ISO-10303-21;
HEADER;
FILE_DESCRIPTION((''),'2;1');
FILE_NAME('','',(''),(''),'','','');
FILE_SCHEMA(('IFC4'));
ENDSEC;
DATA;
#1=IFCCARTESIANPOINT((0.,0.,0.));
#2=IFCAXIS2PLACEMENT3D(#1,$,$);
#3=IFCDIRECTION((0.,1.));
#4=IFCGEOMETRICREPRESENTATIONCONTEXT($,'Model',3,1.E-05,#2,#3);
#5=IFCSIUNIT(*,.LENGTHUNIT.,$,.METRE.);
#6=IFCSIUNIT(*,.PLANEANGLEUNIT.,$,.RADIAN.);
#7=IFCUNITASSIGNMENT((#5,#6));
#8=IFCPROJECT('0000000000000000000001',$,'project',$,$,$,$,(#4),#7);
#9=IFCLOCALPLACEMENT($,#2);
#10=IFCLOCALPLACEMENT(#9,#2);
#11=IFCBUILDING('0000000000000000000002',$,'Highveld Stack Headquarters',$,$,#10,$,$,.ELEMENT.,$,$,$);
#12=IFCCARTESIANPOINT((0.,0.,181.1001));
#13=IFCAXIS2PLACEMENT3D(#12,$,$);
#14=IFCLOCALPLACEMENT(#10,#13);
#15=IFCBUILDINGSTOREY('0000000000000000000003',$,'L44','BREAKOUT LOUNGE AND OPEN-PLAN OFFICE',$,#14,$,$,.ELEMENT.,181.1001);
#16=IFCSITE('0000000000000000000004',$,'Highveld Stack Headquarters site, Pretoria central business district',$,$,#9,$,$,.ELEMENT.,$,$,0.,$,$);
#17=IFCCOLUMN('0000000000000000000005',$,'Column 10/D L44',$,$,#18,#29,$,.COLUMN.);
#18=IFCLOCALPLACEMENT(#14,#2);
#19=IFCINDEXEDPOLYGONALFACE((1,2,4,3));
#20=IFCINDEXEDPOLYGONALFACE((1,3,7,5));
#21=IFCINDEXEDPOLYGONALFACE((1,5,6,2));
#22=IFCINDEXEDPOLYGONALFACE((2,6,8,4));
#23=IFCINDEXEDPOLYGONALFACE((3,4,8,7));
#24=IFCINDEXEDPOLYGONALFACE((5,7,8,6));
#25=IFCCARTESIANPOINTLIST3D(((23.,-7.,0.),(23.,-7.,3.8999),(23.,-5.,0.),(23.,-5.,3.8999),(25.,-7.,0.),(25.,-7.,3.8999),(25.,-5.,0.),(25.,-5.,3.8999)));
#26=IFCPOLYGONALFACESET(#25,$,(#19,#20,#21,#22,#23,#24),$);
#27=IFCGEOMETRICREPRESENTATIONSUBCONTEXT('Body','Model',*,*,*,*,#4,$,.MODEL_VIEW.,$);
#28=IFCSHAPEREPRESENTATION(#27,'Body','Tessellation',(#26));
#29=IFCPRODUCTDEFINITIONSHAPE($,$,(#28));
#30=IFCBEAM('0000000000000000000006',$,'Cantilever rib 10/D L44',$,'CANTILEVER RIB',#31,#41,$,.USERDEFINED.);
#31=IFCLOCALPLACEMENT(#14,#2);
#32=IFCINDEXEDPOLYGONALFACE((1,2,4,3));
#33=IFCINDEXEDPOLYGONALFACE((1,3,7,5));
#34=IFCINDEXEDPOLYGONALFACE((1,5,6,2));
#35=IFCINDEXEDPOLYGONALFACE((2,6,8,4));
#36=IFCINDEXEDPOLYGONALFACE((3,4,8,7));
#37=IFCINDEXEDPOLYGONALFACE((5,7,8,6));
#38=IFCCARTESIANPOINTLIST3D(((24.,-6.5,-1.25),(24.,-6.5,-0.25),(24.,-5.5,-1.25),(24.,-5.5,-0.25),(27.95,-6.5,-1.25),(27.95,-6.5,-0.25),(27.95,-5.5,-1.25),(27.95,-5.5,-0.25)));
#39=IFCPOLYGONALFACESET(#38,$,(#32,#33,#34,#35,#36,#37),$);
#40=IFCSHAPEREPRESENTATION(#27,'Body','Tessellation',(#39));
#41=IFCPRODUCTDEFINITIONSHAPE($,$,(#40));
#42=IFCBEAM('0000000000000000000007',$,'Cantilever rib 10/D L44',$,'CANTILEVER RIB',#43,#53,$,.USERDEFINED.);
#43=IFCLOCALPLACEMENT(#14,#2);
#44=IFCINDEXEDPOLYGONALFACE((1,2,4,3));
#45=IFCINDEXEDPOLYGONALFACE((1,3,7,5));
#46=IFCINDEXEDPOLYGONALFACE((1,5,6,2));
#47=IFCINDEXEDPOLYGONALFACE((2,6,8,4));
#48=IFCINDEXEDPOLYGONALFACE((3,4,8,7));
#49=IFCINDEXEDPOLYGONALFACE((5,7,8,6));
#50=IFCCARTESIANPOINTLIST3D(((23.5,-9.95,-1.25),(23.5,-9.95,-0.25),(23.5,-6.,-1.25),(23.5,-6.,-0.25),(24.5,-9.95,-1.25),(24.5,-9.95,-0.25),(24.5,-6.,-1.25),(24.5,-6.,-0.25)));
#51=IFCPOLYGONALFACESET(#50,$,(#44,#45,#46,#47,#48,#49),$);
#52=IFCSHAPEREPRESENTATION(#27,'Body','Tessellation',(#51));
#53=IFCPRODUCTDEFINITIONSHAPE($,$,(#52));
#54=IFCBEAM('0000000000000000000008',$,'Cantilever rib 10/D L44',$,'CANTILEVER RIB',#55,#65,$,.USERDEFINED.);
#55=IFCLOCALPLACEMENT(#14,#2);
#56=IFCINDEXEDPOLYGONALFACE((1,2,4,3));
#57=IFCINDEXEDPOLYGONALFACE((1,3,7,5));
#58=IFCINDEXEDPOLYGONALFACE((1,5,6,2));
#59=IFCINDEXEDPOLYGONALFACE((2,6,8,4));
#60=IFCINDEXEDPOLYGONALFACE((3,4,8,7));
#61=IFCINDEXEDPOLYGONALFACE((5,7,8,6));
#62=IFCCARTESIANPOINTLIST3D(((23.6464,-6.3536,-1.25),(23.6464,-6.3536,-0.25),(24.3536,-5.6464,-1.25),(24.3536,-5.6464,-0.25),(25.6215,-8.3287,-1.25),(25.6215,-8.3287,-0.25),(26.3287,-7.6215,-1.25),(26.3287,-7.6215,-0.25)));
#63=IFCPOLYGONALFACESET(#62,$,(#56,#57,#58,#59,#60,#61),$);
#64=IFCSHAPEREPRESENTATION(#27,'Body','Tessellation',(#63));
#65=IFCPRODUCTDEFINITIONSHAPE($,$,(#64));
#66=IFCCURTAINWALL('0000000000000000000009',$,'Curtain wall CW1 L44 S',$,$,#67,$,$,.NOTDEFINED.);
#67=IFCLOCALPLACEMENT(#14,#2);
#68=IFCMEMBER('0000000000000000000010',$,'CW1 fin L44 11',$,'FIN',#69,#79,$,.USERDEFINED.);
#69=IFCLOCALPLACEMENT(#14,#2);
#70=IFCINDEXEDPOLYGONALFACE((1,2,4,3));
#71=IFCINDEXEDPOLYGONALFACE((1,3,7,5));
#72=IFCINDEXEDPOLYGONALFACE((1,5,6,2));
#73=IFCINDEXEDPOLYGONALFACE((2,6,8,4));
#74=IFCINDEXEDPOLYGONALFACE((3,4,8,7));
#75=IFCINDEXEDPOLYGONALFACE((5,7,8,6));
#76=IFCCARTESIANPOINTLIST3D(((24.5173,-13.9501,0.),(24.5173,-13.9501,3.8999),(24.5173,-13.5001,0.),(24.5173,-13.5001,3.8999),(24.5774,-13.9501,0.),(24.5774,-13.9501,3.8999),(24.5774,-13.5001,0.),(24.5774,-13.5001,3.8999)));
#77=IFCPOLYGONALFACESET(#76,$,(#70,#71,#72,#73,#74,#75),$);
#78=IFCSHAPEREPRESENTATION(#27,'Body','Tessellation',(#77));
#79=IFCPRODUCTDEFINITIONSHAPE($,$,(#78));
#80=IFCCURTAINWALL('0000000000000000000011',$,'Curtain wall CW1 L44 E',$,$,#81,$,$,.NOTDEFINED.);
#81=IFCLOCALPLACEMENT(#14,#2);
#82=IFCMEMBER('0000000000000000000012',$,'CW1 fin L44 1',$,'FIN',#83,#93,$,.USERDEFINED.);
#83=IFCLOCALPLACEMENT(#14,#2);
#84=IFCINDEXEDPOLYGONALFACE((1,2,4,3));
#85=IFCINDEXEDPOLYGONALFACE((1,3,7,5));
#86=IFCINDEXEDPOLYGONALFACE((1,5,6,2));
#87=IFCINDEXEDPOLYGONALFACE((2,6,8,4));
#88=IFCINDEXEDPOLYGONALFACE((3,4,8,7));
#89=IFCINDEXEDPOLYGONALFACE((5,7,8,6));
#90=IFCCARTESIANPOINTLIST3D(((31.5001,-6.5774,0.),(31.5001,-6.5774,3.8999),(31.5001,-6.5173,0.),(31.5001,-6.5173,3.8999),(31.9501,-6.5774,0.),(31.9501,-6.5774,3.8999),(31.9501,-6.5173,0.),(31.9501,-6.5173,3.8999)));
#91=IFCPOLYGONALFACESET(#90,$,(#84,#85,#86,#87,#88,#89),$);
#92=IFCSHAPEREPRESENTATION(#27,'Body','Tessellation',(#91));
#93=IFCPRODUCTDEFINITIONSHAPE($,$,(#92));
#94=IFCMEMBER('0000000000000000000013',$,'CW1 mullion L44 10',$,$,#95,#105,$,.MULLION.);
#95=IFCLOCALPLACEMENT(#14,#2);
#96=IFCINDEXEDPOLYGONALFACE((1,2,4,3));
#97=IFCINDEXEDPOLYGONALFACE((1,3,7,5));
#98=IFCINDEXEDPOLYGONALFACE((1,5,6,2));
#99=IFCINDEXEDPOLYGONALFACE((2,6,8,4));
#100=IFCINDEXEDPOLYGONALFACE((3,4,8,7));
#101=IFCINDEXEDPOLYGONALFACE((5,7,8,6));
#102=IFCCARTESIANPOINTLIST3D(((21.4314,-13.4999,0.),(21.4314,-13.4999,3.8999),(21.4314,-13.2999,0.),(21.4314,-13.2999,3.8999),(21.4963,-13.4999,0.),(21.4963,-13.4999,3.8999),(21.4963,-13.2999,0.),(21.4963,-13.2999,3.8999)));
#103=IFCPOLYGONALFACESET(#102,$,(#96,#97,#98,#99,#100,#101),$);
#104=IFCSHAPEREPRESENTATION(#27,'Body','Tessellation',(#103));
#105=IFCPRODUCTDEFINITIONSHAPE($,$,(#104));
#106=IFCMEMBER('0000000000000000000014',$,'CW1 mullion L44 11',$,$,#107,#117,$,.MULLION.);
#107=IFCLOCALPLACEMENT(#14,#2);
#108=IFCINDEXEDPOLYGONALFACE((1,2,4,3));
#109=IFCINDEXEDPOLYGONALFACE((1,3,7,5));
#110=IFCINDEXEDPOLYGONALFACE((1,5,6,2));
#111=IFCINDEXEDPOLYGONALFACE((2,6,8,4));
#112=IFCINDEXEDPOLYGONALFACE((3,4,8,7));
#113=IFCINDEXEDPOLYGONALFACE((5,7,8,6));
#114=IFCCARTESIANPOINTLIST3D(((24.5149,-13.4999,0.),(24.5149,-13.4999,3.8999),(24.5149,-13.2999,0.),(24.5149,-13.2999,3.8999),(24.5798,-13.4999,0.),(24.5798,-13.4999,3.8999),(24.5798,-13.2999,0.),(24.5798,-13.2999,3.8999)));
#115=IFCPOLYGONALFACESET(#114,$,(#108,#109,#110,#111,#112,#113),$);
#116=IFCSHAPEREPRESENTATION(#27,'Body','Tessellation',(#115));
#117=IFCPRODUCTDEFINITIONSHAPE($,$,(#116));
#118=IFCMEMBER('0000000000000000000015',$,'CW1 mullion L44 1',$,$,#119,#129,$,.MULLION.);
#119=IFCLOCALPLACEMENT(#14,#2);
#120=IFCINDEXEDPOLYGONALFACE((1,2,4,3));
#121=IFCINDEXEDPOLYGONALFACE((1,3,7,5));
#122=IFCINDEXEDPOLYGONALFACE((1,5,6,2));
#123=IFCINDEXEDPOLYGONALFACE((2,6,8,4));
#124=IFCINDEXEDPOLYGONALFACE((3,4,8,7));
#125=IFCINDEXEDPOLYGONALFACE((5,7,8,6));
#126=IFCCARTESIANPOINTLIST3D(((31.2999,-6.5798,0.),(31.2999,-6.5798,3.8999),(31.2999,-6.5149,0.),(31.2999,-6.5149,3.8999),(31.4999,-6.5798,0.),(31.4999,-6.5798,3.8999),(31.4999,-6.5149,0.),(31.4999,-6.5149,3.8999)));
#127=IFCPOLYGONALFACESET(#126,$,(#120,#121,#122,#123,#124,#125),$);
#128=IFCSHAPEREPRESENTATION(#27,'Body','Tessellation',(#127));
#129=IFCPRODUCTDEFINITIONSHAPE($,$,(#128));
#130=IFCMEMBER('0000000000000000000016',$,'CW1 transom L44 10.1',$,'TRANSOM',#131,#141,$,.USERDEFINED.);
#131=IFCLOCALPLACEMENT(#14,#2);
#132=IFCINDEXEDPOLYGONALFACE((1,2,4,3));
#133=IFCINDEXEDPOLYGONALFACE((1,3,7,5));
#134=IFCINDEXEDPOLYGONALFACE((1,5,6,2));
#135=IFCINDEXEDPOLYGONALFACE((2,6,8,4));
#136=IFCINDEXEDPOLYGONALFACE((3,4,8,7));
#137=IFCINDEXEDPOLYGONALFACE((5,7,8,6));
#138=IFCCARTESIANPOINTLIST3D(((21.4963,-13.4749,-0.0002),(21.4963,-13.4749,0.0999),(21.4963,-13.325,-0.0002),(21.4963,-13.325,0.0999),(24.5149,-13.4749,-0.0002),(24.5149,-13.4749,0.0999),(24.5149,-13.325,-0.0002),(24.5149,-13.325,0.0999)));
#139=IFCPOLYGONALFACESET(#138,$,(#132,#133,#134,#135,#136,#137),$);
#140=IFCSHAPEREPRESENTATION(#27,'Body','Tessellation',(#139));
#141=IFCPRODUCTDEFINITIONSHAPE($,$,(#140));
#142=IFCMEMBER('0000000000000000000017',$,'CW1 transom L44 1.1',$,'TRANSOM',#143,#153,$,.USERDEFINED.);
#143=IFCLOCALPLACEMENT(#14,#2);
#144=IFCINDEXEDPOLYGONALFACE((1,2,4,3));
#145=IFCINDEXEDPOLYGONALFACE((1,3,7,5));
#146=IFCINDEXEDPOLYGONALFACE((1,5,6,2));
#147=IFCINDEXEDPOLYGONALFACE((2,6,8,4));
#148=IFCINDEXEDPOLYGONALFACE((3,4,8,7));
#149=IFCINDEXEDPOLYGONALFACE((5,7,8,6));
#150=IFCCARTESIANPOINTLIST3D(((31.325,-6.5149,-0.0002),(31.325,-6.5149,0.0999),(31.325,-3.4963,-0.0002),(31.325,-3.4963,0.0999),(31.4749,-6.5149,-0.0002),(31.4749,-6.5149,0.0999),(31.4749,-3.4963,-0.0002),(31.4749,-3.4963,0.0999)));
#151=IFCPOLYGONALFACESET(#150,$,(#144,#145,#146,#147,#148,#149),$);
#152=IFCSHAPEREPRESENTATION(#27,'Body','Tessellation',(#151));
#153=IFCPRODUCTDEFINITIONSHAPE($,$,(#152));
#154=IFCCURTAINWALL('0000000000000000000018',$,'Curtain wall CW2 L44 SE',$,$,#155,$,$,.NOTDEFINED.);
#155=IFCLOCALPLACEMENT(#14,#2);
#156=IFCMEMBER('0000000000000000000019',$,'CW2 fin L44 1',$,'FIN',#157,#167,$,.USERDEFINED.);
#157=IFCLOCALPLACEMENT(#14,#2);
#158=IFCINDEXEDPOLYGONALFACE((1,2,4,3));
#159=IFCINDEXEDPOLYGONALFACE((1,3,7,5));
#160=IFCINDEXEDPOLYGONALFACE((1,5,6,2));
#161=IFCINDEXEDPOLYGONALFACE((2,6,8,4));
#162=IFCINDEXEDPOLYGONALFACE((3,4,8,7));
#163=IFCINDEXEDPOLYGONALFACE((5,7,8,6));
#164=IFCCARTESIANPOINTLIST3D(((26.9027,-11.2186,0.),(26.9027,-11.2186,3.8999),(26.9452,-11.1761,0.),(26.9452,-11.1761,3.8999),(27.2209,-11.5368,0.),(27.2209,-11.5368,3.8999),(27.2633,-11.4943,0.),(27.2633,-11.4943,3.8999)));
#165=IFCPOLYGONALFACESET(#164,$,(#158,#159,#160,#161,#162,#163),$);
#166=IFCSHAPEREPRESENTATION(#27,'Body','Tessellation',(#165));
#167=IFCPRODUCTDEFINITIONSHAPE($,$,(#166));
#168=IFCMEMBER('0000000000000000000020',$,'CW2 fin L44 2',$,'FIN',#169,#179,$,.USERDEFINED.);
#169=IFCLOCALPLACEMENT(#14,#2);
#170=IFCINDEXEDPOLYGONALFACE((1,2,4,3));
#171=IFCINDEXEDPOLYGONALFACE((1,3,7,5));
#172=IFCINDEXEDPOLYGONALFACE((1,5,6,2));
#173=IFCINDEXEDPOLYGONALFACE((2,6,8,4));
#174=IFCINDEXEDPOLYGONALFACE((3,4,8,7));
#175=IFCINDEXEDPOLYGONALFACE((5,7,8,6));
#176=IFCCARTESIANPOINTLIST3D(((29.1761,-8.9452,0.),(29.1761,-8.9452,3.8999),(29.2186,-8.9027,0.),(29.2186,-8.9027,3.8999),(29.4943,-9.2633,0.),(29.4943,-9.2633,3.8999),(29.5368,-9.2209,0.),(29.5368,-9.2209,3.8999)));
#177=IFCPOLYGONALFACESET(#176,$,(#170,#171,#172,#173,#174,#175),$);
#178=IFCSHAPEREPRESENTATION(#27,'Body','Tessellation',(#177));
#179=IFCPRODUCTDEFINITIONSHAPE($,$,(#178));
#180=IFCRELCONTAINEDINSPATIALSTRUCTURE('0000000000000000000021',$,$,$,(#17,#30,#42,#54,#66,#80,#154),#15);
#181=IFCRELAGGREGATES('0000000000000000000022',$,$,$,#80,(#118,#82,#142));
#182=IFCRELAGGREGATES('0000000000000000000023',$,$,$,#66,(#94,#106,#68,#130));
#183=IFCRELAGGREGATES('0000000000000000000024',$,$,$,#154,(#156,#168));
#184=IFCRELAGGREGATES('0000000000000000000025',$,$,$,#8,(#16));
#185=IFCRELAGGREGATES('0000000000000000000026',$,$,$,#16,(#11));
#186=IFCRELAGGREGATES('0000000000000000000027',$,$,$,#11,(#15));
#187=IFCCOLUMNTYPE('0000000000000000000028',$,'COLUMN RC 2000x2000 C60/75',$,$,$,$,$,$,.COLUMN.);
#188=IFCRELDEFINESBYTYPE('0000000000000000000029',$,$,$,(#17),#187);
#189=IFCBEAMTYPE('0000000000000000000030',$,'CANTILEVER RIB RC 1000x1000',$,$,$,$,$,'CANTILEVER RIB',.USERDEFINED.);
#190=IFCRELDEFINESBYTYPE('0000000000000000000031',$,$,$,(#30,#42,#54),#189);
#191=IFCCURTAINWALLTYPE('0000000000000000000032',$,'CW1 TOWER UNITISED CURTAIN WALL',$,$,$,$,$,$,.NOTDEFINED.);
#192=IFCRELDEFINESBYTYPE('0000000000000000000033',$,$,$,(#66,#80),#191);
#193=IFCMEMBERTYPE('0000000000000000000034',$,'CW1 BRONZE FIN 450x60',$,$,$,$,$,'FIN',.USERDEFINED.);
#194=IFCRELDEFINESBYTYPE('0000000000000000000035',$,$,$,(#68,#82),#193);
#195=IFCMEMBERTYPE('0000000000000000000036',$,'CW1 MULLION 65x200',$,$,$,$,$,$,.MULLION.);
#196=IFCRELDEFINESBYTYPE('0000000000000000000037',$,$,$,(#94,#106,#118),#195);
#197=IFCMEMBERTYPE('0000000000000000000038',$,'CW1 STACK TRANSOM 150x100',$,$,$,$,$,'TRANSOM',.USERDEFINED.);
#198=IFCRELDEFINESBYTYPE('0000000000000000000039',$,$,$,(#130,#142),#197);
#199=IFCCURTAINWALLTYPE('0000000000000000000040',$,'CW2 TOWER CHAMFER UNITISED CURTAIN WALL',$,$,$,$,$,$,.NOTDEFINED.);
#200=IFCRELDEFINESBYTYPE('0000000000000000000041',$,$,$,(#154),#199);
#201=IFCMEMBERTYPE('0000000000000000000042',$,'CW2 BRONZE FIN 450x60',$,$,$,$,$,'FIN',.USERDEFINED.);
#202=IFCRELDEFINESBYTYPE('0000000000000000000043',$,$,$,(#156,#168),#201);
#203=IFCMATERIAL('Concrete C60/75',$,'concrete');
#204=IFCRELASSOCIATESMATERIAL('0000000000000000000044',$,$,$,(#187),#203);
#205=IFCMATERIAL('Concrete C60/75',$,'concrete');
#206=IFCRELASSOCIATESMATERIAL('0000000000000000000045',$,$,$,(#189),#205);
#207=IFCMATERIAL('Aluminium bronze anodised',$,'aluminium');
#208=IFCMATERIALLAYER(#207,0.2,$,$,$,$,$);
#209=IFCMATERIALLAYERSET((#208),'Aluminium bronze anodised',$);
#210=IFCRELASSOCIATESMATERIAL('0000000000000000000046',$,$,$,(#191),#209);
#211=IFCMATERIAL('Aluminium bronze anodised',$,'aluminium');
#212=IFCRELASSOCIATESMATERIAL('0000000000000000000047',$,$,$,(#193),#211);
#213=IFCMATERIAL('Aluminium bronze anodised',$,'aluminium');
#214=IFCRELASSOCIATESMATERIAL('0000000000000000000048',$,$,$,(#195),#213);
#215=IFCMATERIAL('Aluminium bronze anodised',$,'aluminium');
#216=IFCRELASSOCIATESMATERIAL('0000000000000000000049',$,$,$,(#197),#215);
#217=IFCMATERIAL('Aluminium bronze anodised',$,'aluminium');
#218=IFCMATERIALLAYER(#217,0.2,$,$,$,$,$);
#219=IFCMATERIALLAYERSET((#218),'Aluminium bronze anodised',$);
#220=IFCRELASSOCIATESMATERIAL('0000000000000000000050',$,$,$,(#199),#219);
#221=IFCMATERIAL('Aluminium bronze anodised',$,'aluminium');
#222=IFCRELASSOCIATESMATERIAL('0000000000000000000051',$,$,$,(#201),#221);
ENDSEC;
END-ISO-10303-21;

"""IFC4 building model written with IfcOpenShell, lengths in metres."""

from ifc_helpers import new_model, si_unit, direction, frame, origin, origin_2d, place, context, subcontext, project, spatial, rectangle, extrude, material, layer, layer_set, material_profile, profile_set, type_object, element, aggregate, save


model = new_model("IFC4")

# Units and contexts
model_context = context("Model", 3, precision=1e-05, world=origin(), true_north=direction((0.0, 1.0)))
body_context = subcontext(model_context, "Body", "Model", "MODEL_VIEW")
ifc_project = project(units=[si_unit("LENGTHUNIT", "METRE"), si_unit("PLANEANGLEUNIT", "RADIAN")], contexts=[model_context])

# Site, building, storey
site_placement = place(None, origin())
site = spatial("IfcSite", under=ifc_project, at=site_placement, Name="Highveld Stack Headquarters site, Pretoria central business district", CompositionType="ELEMENT", RefElevation=0.0)
building_placement = place(site_placement, origin())
building = spatial("IfcBuilding", under=site, at=building_placement, Name="Highveld Stack Headquarters", CompositionType="ELEMENT")
storey_placement = place(building_placement, frame((0.0, 0.0, 181.1001)))
storey = spatial("IfcBuildingStorey", under=building, at=storey_placement, Name="L44", Description="BREAKOUT LOUNGE AND OPEN-PLAN OFFICE", CompositionType="ELEMENT", Elevation=181.1001)

# Column
ifc_material_1 = material(Name="Concrete C60/75", Category="concrete")
ifc_material_profile_1 = material_profile(ifc_material_1, rectangle(XDim=2.0, YDim=2.0, at=origin_2d()), Name="RC 2000x2000")
ifc_profile_set_1 = profile_set([ifc_material_profile_1], Name="Concrete C60/75")
column_type = type_object("IfcColumnType", Name="COLUMN RC 2000x2000 C60/75", PredefinedType="COLUMN", material=ifc_profile_set_1)
column_placement = place(storey_placement, frame((24.0, -6.0, 0.0), z_axis=(0.0, 0.0, 1.0), x_axis=(1.0, 0.0, 0.0)))
element("IfcColumn", 1, at=column_placement, inside=storey, type_object=column_type, Name="Column 10/D L44", PredefinedType="COLUMN", context=body_context, shape_type="SweptSolid", body=[
    extrude(rectangle(XDim=2.0, YDim=2.0, at=origin_2d()), origin(), (0.0, 0.0, 1.0), 3.8999),
])

# Beams
ifc_material_2 = material(Name="Concrete C60/75", Category="concrete")
ifc_material_profile_2 = material_profile(ifc_material_2, rectangle(XDim=1.0, YDim=1.0, at=origin_2d()), Name="RC 1000x1000")
ifc_profile_set_2 = profile_set([ifc_material_profile_2], Name="Concrete C60/75")
beam_type_1 = type_object("IfcBeamType", Name="CANTILEVER RIB RC 1000x1000", ElementType="CANTILEVER RIB", PredefinedType="USERDEFINED", material=ifc_profile_set_2)
for number, where, z_axis, x_axis, name in (
    (2, (24.0, -6.0, -0.75), (1.0, 0.0, 0.0), (0.0, 1.0, 0.0), "Cantilever rib 10/D L44"),
    (3, (24.0, -6.0, -0.75), (0.0, -1.0, 0.0), (1.0, 0.0, 0.0), "Cantilever rib 10/D L44"),
):
    element("IfcBeam", number, at=place(storey_placement, frame(where, z_axis=z_axis, x_axis=x_axis)), inside=storey, type_object=beam_type_1, Name=name, ObjectType="CANTILEVER RIB", PredefinedType="USERDEFINED", context=body_context, shape_type="SweptSolid", body=[
        extrude(rectangle(XDim=1.0, YDim=1.0, at=origin_2d()), origin(), (0.0, 0.0, 1.0), 3.95),
    ])
beam_1_placement = place(storey_placement, frame((24.0, -6.0, -0.75), z_axis=(0.707107, -0.707107, 0.0), x_axis=(0.707107, 0.707107, 0.0)))
element("IfcBeam", 4, at=beam_1_placement, inside=storey, type_object=beam_type_1, Name="Cantilever rib 10/D L44", ObjectType="CANTILEVER RIB", PredefinedType="USERDEFINED", context=body_context, shape_type="SweptSolid", body=[
    extrude(rectangle(XDim=1.0, YDim=1.0, at=origin_2d()), origin(), (0.0, 0.0, 1.0), 2.7932),
])

# Curtain walls, members
ifc_material_3 = material(Name="Aluminium bronze anodised", Category="aluminium")
ifc_layer_1 = layer(ifc_material_3, 0.2)
ifc_layer_set_1 = layer_set([ifc_layer_1], Name="Aluminium bronze anodised")
curtain_wall_type_1 = type_object("IfcCurtainWallType", Name="CW1 TOWER UNITISED CURTAIN WALL", PredefinedType="NOTDEFINED", material=ifc_layer_set_1)
curtain_wall_1_placement = place(storey_placement, origin())
curtain_wall_1 = element("IfcCurtainWall", 5, at=curtain_wall_1_placement, inside=storey, type_object=curtain_wall_type_1, Name="Curtain wall CW1 L44 S", PredefinedType="NOTDEFINED")
ifc_material_4 = material(Name="Aluminium bronze anodised", Category="aluminium")
ifc_material_profile_3 = material_profile(ifc_material_4, rectangle(XDim=0.45, YDim=0.0601, at=origin_2d()), Name="FIN 450x60")
ifc_profile_set_3 = profile_set([ifc_material_profile_3], Name="Aluminium bronze anodised")
member_type_1 = type_object("IfcMemberType", Name="CW1 BRONZE FIN 450x60", ElementType="FIN", PredefinedType="USERDEFINED", material=ifc_profile_set_3)
member_1_placement = place(storey_placement, frame((24.5474, -13.7251, 0.0), z_axis=(0.0, 0.0, 1.0), x_axis=(0.0, 1.0, 0.0)))
member_1 = element("IfcMember", 6, at=member_1_placement, type_object=member_type_1, Name="CW1 fin L44 11", ObjectType="FIN", PredefinedType="USERDEFINED", context=body_context, shape_type="SweptSolid", body=[
    extrude(rectangle(XDim=0.45, YDim=0.0601, at=origin_2d()), origin(), (0.0, 0.0, 1.0), 3.8999),
])
curtain_wall_2_placement = place(storey_placement, origin())
curtain_wall_2 = element("IfcCurtainWall", 7, at=curtain_wall_2_placement, inside=storey, type_object=curtain_wall_type_1, Name="Curtain wall CW1 L44 E", PredefinedType="NOTDEFINED")
member_2_placement = place(storey_placement, frame((31.7251, -6.5474, 0.0), z_axis=(0.0, 0.0, 1.0), x_axis=(-1.0, 0.0, 0.0)))
member_2 = element("IfcMember", 8, at=member_2_placement, type_object=member_type_1, Name="CW1 fin L44 1", ObjectType="FIN", PredefinedType="USERDEFINED", context=body_context, shape_type="SweptSolid", body=[
    extrude(rectangle(XDim=0.45, YDim=0.0601, at=origin_2d()), origin(), (0.0, 0.0, 1.0), 3.8999),
])

# Members
ifc_material_5 = material(Name="Aluminium bronze anodised", Category="aluminium")
ifc_material_profile_4 = material_profile(ifc_material_5, rectangle(XDim=0.2, YDim=0.0649, at=origin_2d()), Name="CW1 MULLION 65x200")
ifc_profile_set_4 = profile_set([ifc_material_profile_4], Name="Aluminium bronze anodised")
member_type_2 = type_object("IfcMemberType", Name="CW1 MULLION 65x200", PredefinedType="MULLION", material=ifc_profile_set_4)
member_3_placement = place(storey_placement, frame((21.4639, -13.3999, 0.0), z_axis=(0.0, 0.0, 1.0), x_axis=(0.0, 1.0, 0.0)))
member_3 = element("IfcMember", 9, at=member_3_placement, type_object=member_type_2, Name="CW1 mullion L44 10", PredefinedType="MULLION", context=body_context, shape_type="SweptSolid", body=[
    extrude(rectangle(XDim=0.2, YDim=0.0649, at=origin_2d()), origin(), (0.0, 0.0, 1.0), 3.8999),
])
member_4_placement = place(storey_placement, frame((24.5474, -13.3999, 0.0), z_axis=(0.0, 0.0, 1.0), x_axis=(0.0, 1.0, 0.0)))
member_4 = element("IfcMember", 10, at=member_4_placement, type_object=member_type_2, Name="CW1 mullion L44 11", PredefinedType="MULLION", context=body_context, shape_type="SweptSolid", body=[
    extrude(rectangle(XDim=0.2, YDim=0.0649, at=origin_2d()), origin(), (0.0, 0.0, 1.0), 3.8999),
])
member_5_placement = place(storey_placement, frame((31.3999, -6.5474, 0.0), z_axis=(0.0, 0.0, 1.0), x_axis=(-1.0, 0.0, 0.0)))
member_5 = element("IfcMember", 11, at=member_5_placement, type_object=member_type_2, Name="CW1 mullion L44 1", PredefinedType="MULLION", context=body_context, shape_type="SweptSolid", body=[
    extrude(rectangle(XDim=0.2, YDim=0.0649, at=origin_2d()), origin(), (0.0, 0.0, 1.0), 3.8999),
])
ifc_material_6 = material(Name="Aluminium bronze anodised", Category="aluminium")
ifc_material_profile_5 = material_profile(ifc_material_6, rectangle(XDim=0.1499, YDim=0.1001, at=origin_2d()), Name="CW1 TRANSOM 150x100")
ifc_profile_set_5 = profile_set([ifc_material_profile_5], Name="Aluminium bronze anodised")
member_type_3 = type_object("IfcMemberType", Name="CW1 STACK TRANSOM 150x100", ElementType="TRANSOM", PredefinedType="USERDEFINED", material=ifc_profile_set_5)
member_6_placement = place(storey_placement, frame((21.4963, -13.3999, 0.0498), z_axis=(1.0, 0.0, 0.0), x_axis=(0.0, 1.0, 0.0)))
member_6 = element("IfcMember", 12, at=member_6_placement, type_object=member_type_3, Name="CW1 transom L44 10.1", ObjectType="TRANSOM", PredefinedType="USERDEFINED", context=body_context, shape_type="SweptSolid", body=[
    extrude(rectangle(XDim=0.1499, YDim=0.1001, at=origin_2d()), origin(), (0.0, 0.0, 1.0), 3.0186),
])
member_7_placement = place(storey_placement, frame((31.3999, -6.5149, 0.0498), z_axis=(0.0, 1.0, 0.0), x_axis=(-1.0, 0.0, 0.0)))
member_7 = element("IfcMember", 13, at=member_7_placement, type_object=member_type_3, Name="CW1 transom L44 1.1", ObjectType="TRANSOM", PredefinedType="USERDEFINED", context=body_context, shape_type="SweptSolid", body=[
    extrude(rectangle(XDim=0.1499, YDim=0.1001, at=origin_2d()), origin(), (0.0, 0.0, 1.0), 3.0186),
])
aggregate(curtain_wall_2, [member_5, member_2, member_7])

# Curtain wall, members
ifc_material_7 = material(Name="Aluminium bronze anodised", Category="aluminium")
ifc_layer_2 = layer(ifc_material_7, 0.2)
ifc_layer_set_2 = layer_set([ifc_layer_2], Name="Aluminium bronze anodised")
curtain_wall_type_2 = type_object("IfcCurtainWallType", Name="CW2 TOWER CHAMFER UNITISED CURTAIN WALL", PredefinedType="NOTDEFINED", material=ifc_layer_set_2)
curtain_wall_3_placement = place(storey_placement, origin())
curtain_wall_3 = element("IfcCurtainWall", 14, at=curtain_wall_3_placement, inside=storey, type_object=curtain_wall_type_2, Name="Curtain wall CW2 L44 SE", PredefinedType="NOTDEFINED")
ifc_material_8 = material(Name="Aluminium bronze anodised", Category="aluminium")
ifc_material_profile_6 = material_profile(ifc_material_8, rectangle(XDim=0.45, YDim=0.0601, at=origin_2d()), Name="FIN 450x60")
ifc_profile_set_6 = profile_set([ifc_material_profile_6], Name="Aluminium bronze anodised")
member_type_4 = type_object("IfcMemberType", Name="CW2 BRONZE FIN 450x60", ElementType="FIN", PredefinedType="USERDEFINED", material=ifc_profile_set_6)
member_8_placement = place(storey_placement, frame((27.083, -11.3564, 0.0), z_axis=(0.0, 0.0, 1.0), x_axis=(-0.707107, 0.707107, 0.0)))
member_8 = element("IfcMember", 15, at=member_8_placement, type_object=member_type_4, Name="CW2 fin L44 1", ObjectType="FIN", PredefinedType="USERDEFINED", context=body_context, shape_type="SweptSolid", body=[
    extrude(rectangle(XDim=0.45, YDim=0.0601, at=origin_2d()), origin(), (0.0, 0.0, 1.0), 3.8999),
])
member_9_placement = place(storey_placement, frame((29.3564, -9.083, 0.0), z_axis=(0.0, 0.0, 1.0), x_axis=(-0.707107, 0.707107, 0.0)))
member_9 = element("IfcMember", 16, at=member_9_placement, type_object=member_type_4, Name="CW2 fin L44 2", ObjectType="FIN", PredefinedType="USERDEFINED", context=body_context, shape_type="SweptSolid", body=[
    extrude(rectangle(XDim=0.45, YDim=0.0601, at=origin_2d()), origin(), (0.0, 0.0, 1.0), 3.8999),
])

aggregate(curtain_wall_1, [member_3, member_4, member_1, member_6])
aggregate(curtain_wall_3, [member_8, member_9])

save(model, "model.ifc")
